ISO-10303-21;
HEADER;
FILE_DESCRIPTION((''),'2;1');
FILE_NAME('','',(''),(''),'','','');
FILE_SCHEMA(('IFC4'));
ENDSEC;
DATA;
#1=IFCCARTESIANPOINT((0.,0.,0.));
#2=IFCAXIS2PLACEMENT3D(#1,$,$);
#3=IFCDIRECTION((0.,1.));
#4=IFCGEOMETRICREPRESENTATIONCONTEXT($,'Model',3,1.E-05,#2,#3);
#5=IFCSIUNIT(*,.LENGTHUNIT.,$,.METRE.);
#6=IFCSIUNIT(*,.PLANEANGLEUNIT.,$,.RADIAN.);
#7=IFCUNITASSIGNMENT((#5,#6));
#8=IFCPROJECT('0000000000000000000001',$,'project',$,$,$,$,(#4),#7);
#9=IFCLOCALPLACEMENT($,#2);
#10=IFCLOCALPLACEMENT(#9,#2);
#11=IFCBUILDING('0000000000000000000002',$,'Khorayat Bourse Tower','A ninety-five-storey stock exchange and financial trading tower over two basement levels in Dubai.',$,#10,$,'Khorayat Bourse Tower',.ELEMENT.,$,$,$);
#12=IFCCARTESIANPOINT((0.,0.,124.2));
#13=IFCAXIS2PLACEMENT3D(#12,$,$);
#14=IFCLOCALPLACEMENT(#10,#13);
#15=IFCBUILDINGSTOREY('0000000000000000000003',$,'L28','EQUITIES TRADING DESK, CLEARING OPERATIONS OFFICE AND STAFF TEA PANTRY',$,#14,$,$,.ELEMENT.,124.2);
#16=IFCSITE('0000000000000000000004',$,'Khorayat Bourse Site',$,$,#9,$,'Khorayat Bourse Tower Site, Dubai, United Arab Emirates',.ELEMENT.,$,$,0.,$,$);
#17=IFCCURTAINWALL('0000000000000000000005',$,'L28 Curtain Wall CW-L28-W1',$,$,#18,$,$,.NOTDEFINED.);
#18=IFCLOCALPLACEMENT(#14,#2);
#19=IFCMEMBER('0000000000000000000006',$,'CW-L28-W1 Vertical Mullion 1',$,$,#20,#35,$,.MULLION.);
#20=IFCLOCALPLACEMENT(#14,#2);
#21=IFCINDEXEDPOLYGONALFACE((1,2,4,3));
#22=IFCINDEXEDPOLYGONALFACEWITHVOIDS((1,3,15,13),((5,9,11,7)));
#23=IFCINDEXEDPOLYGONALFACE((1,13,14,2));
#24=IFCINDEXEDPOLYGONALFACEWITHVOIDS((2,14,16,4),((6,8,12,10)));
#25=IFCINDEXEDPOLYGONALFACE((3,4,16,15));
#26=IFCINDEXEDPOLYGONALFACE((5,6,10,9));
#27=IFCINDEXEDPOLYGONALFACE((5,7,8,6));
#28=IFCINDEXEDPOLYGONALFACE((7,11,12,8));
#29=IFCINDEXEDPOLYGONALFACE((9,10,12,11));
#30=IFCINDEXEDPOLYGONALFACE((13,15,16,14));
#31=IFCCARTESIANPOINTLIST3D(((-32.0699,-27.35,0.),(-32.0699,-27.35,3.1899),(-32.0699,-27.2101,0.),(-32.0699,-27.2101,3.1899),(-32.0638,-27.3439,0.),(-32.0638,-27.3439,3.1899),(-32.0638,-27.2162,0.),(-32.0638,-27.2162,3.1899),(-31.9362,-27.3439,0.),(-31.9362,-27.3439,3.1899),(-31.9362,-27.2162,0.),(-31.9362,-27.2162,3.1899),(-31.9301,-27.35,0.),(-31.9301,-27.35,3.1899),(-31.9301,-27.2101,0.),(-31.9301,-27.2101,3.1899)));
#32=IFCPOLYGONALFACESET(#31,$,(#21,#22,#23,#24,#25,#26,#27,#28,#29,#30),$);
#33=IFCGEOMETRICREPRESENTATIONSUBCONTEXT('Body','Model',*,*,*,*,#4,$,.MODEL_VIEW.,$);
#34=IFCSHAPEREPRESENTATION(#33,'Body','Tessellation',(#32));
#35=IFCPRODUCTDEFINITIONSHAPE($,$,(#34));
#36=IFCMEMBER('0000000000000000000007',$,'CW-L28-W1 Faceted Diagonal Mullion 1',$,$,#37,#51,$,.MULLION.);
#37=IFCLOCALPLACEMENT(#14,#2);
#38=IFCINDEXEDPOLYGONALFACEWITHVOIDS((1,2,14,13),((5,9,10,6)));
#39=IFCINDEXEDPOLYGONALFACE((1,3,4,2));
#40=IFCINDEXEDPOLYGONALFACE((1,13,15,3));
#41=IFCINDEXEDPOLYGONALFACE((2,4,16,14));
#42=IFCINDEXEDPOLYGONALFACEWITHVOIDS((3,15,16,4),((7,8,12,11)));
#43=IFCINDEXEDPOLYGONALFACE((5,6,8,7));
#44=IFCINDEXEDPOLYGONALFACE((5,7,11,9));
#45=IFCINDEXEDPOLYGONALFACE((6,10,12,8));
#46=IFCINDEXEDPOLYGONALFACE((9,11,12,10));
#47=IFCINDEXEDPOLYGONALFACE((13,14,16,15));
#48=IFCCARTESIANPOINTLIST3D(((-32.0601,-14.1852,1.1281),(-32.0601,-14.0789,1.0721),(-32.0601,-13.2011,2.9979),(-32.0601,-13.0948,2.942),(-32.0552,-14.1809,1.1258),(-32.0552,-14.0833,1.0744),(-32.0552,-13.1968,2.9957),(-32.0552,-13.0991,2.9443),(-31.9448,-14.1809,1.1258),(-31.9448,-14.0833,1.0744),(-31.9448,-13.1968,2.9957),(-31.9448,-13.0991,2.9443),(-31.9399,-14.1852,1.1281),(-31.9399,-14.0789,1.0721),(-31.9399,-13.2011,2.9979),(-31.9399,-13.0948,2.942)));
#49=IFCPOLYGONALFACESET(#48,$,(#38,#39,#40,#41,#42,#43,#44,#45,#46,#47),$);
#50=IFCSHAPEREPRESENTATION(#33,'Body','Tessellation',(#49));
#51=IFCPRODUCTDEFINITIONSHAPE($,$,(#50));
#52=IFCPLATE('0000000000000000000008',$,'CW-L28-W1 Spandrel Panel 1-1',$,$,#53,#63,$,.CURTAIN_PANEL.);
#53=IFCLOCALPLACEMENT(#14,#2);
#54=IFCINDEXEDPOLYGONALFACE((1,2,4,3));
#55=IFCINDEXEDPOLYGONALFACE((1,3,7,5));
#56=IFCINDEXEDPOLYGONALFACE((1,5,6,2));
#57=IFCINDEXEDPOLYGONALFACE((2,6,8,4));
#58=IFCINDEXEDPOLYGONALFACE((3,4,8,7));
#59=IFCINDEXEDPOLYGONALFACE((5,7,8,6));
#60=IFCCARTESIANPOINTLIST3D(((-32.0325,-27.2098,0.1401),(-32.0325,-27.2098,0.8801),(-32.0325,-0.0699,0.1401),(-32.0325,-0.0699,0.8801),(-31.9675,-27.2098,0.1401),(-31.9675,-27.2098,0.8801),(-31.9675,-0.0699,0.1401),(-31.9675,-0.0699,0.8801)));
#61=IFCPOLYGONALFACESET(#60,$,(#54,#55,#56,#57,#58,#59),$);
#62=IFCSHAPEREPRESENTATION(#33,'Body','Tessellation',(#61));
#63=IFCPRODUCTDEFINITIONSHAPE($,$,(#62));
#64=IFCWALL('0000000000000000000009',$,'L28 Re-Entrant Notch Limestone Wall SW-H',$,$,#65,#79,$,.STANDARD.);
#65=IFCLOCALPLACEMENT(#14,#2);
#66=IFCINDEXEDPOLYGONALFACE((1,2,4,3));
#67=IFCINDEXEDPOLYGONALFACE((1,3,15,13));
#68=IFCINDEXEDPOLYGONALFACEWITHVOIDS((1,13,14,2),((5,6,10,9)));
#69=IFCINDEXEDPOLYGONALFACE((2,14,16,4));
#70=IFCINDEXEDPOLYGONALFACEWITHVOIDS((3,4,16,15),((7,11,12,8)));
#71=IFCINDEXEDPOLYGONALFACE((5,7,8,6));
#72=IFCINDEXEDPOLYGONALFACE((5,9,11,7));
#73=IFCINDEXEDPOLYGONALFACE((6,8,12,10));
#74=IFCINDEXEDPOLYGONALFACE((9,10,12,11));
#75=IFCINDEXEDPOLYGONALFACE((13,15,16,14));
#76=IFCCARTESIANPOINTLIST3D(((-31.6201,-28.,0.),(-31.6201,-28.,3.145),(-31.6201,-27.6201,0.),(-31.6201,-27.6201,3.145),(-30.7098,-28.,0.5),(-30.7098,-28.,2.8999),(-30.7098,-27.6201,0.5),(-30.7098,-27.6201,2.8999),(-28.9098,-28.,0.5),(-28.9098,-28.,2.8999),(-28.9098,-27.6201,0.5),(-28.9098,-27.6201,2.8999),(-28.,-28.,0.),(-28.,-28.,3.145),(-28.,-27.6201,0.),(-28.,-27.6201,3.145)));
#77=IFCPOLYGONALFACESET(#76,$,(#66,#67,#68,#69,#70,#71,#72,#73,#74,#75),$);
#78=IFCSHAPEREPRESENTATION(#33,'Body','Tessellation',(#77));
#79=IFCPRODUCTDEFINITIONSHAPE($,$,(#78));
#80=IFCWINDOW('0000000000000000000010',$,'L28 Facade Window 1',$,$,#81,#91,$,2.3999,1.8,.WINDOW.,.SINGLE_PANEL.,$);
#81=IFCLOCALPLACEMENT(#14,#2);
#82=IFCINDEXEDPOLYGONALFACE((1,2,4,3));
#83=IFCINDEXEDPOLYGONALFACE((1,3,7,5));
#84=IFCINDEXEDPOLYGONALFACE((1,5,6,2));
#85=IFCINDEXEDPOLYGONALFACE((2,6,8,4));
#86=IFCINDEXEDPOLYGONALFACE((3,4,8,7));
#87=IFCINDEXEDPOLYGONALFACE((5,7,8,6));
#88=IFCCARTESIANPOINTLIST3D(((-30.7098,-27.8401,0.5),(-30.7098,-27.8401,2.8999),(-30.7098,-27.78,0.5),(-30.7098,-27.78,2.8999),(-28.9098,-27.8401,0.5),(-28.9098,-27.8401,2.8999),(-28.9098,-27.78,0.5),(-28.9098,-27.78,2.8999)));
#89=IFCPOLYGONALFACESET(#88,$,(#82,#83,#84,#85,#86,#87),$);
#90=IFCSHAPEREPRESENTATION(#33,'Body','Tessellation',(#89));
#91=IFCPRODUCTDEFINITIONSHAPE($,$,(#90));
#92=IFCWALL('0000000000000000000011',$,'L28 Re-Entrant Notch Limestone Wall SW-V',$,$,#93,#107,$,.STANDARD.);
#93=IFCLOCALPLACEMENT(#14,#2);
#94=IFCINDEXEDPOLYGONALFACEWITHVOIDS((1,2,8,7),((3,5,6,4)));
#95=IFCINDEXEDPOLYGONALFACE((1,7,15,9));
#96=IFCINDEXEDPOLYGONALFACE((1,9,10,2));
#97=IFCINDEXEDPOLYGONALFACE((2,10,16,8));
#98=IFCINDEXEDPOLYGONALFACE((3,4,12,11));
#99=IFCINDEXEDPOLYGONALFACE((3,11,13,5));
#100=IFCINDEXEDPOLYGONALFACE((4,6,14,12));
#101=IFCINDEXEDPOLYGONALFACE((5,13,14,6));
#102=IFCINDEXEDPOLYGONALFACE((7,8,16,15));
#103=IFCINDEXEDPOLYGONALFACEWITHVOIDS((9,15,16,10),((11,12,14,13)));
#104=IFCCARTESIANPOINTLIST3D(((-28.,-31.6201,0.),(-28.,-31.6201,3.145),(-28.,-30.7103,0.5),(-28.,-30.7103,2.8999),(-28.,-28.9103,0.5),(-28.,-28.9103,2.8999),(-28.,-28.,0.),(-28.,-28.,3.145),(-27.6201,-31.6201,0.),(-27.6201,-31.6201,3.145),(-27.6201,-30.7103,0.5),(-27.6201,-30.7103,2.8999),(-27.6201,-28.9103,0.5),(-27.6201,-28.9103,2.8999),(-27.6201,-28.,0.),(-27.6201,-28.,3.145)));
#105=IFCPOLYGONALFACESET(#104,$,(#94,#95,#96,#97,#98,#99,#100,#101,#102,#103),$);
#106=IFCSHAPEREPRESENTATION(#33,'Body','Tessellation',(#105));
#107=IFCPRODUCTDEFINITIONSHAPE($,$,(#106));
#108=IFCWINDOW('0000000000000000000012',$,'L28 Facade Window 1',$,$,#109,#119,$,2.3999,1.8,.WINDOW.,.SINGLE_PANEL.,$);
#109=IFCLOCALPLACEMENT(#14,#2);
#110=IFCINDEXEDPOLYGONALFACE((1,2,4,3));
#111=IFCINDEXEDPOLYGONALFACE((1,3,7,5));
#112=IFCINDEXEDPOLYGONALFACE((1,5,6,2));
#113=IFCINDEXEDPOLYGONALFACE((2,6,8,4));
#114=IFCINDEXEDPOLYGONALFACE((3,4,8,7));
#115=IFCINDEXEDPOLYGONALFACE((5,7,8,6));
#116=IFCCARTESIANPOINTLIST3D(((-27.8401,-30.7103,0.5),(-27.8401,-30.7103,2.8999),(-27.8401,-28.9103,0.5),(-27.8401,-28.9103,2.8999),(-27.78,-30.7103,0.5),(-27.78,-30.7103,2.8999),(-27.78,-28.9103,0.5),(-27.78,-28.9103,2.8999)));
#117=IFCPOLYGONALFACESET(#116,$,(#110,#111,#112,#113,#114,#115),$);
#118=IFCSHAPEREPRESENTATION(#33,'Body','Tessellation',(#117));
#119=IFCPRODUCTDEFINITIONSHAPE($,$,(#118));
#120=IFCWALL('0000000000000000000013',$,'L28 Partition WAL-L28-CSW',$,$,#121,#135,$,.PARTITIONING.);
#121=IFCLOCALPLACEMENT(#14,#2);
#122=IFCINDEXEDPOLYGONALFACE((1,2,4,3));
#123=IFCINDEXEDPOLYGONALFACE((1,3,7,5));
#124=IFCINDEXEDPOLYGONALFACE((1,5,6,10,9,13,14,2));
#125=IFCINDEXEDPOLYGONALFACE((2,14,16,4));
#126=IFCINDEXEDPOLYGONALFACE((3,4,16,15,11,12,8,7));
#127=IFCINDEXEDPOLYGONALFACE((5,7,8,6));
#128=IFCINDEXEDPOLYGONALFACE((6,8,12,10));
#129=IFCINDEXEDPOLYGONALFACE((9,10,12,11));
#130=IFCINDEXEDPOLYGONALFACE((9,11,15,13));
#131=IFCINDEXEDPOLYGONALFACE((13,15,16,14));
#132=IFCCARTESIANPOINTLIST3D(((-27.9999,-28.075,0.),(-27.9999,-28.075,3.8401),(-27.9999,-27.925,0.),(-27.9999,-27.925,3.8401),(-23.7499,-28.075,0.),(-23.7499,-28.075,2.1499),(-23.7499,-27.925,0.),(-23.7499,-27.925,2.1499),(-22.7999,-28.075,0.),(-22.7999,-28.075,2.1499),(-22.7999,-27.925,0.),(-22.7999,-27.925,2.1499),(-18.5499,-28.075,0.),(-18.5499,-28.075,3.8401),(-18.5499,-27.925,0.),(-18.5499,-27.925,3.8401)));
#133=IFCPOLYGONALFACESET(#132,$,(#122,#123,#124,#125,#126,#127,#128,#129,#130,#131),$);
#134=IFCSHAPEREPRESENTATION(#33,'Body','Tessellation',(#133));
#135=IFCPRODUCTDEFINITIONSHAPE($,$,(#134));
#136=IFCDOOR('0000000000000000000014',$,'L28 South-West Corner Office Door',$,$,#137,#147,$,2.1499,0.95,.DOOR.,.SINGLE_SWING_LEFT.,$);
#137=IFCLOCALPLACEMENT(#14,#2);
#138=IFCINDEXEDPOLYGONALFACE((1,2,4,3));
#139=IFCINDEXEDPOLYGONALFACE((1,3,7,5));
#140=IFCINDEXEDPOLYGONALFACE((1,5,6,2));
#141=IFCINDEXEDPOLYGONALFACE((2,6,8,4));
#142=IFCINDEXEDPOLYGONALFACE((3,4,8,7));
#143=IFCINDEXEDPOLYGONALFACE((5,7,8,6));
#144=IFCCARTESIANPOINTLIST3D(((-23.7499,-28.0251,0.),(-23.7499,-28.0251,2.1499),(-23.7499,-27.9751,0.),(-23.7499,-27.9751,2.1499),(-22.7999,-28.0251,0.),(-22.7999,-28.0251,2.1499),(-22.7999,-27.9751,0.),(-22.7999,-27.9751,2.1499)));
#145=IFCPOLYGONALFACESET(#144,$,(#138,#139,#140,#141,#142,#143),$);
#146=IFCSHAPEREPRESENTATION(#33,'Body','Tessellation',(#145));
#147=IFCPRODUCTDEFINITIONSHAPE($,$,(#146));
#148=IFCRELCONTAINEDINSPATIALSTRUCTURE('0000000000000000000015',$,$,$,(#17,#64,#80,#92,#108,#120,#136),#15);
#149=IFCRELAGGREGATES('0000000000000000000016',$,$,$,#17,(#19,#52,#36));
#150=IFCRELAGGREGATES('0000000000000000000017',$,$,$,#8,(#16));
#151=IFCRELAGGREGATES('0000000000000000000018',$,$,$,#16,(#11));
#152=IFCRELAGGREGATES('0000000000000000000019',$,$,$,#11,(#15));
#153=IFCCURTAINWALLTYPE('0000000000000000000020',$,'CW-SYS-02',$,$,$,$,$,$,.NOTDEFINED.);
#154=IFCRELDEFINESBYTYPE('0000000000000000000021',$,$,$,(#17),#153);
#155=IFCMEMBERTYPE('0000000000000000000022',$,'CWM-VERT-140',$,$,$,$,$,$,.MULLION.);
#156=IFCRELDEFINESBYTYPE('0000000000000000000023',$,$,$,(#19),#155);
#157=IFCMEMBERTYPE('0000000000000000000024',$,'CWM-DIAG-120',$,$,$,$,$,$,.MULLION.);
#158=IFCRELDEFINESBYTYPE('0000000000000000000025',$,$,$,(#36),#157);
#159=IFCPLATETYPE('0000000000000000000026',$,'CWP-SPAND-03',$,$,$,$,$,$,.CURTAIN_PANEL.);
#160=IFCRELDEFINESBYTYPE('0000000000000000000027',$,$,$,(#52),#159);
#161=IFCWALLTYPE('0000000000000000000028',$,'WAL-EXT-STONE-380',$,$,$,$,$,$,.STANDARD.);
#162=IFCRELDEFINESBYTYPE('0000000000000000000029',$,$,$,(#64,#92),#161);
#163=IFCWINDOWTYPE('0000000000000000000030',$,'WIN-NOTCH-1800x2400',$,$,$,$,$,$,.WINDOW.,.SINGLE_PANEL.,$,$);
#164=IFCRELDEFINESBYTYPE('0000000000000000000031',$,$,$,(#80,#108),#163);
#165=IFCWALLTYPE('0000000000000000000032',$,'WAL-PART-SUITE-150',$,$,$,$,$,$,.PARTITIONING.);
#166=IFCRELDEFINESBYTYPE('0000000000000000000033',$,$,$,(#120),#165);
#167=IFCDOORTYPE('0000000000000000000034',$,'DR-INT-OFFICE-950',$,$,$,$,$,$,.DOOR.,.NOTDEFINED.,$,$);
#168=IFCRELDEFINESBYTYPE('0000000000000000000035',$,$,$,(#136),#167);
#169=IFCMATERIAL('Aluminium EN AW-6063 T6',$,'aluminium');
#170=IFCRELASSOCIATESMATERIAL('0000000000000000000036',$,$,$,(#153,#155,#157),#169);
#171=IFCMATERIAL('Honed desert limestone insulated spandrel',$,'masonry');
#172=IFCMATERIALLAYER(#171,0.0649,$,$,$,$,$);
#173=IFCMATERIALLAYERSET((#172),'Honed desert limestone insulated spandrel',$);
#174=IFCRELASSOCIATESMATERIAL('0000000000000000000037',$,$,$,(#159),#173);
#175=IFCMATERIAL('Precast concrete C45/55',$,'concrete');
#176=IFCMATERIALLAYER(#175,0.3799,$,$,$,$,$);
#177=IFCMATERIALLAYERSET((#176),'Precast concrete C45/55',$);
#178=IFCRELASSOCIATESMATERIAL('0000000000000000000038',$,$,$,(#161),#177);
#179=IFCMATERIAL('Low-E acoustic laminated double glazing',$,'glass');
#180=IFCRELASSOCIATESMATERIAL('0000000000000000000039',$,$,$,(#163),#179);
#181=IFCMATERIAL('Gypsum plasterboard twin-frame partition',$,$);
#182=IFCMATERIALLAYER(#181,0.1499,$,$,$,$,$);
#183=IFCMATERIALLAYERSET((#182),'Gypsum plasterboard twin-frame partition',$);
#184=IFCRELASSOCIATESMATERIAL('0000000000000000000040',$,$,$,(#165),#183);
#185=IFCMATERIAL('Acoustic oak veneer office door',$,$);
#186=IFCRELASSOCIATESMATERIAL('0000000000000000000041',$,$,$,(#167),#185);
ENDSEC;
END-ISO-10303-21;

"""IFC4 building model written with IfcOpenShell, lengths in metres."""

from ifc_helpers import new_model, si_unit, direction, frame, frame_2d, origin, origin_2d, place, context, subcontext, project, spatial, rectangle, hollow_rectangle, extrude, source, transform, mapped, material, layer, layer_set, material_profile, profile_set, type_object, element, fill, aggregate, save


model = new_model("IFC4")

# Units and contexts
model_context = context("Model", 3, precision=1e-05, world=origin(), true_north=direction((0.0, 1.0)))
body_context = subcontext(model_context, "Body", "Model", "MODEL_VIEW")
ifc_project = project(units=[si_unit("LENGTHUNIT", "METRE"), si_unit("PLANEANGLEUNIT", "RADIAN")], contexts=[model_context])

# Site, building, storey
site_placement = place(None, origin())
site = spatial("IfcSite", under=ifc_project, at=site_placement, Name="Khorayat Bourse Site", LongName="Khorayat Bourse Tower Site, Dubai, United Arab Emirates", CompositionType="ELEMENT", RefElevation=0.0)
building_placement = place(site_placement, origin())
building = spatial("IfcBuilding", under=site, at=building_placement, Name="Khorayat Bourse Tower", Description="A ninety-five-storey stock exchange and financial trading tower over two basement levels in Dubai.", LongName="Khorayat Bourse Tower", CompositionType="ELEMENT")
storey_placement = place(building_placement, frame((0.0, 0.0, 124.2)))
storey = spatial("IfcBuildingStorey", under=building, at=storey_placement, Name="L28", Description="EQUITIES TRADING DESK, CLEARING OPERATIONS OFFICE AND STAFF TEA PANTRY", CompositionType="ELEMENT", Elevation=124.2)

# Shared definitions
ifc_material_1 = material(Name="Aluminium EN AW-6063 T6", Category="aluminium")
curtain_wall_type = type_object("IfcCurtainWallType", Name="CW-SYS-02", PredefinedType="NOTDEFINED", material=ifc_material_1)

# Curtain wall
curtain_wall_1_placement = place(storey_placement, origin())
curtain_wall_1 = element("IfcCurtainWall", 1, at=curtain_wall_1_placement, inside=storey, type_object=curtain_wall_type, Name="L28 Curtain Wall CW-L28-W1", PredefinedType="NOTDEFINED")

# Members
ifc_material_profile_1 = material_profile(ifc_material_1, hollow_rectangle(XDim=0.1399, YDim=0.1399, WallThickness=0.0061, at=origin_2d()), Name="ALU 140x140x6")
ifc_profile_set_1 = profile_set([ifc_material_profile_1], Name="Aluminium EN AW-6063 T6")
member_type_1 = type_object("IfcMemberType", Name="CWM-VERT-140", PredefinedType="MULLION", material=ifc_profile_set_1)
shared_shape_1 = source(origin(), body_context, "Body", "SweptSolid", [
    extrude(hollow_rectangle(XDim=0.1399, YDim=0.1399, WallThickness=0.0061, at=origin_2d()), origin(), (0.0, 0.0, 1.0), 3.1899),
])
member_1_placement = place(storey_placement, frame((-32.0, -27.28, 0.0), z_axis=(0.0, 0.0, 1.0), x_axis=(-1.0, 0.0, 0.0)))
member_1 = element("IfcMember", 2, at=member_1_placement, type_object=member_type_1, Name="CW-L28-W1 Vertical Mullion 1", PredefinedType="MULLION", context=body_context, shape_type="MappedRepresentation", body=[
    mapped(shared_shape_1, transform((0.0, 0.0, 0.0), scale=1.0)),
])
ifc_material_profile_2 = material_profile(ifc_material_1, hollow_rectangle(XDim=0.1201, YDim=0.1201, WallThickness=0.0049, at=origin_2d()), Name="ALU 120x120x5")
ifc_profile_set_2 = profile_set([ifc_material_profile_2], Name="Aluminium EN AW-6063 T6")
member_type_2 = type_object("IfcMemberType", Name="CWM-DIAG-120", PredefinedType="MULLION", material=ifc_profile_set_2)
shared_shape_2 = source(origin(), body_context, "Body", "SweptSolid", [
    extrude(hollow_rectangle(XDim=0.1201, YDim=0.1201, WallThickness=0.0049, at=origin_2d()), origin(), (0.0, 0.0, 1.0), 2.113),
])
member_2_placement = place(storey_placement, frame((-32.0, -14.1321, 1.1001), z_axis=(0.0, 0.465742, 0.884921), x_axis=(-1.0, 0.0, 0.0)))
member_2 = element("IfcMember", 3, at=member_2_placement, type_object=member_type_2, Name="CW-L28-W1 Faceted Diagonal Mullion 1", PredefinedType="MULLION", context=body_context, shape_type="MappedRepresentation", body=[
    mapped(shared_shape_2, transform((0.0, 0.0, 0.0), scale=1.0)),
])

# Plate
ifc_material_2 = material(Name="Honed desert limestone insulated spandrel", Category="masonry")
ifc_layer_1 = layer(ifc_material_2, 0.0649)
ifc_layer_set_1 = layer_set([ifc_layer_1], Name="Honed desert limestone insulated spandrel")
plate_type = type_object("IfcPlateType", Name="CWP-SPAND-03", PredefinedType="CURTAIN_PANEL", material=ifc_layer_set_1)
shared_shape_3 = source(origin(), body_context, "Body", "SweptSolid", [
    extrude(rectangle(XDim=27.1399, YDim=0.0649, at=origin_2d()), origin(), (0.0, 0.0, 1.0), 0.74),
])
plate_placement = place(storey_placement, frame((-32.0, -13.6399, 0.1401), z_axis=(0.0, 0.0, 1.0), x_axis=(0.0, 1.0, 0.0)))
plate = element("IfcPlate", 4, at=plate_placement, type_object=plate_type, Name="CW-L28-W1 Spandrel Panel 1-1", PredefinedType="CURTAIN_PANEL", context=body_context, shape_type="MappedRepresentation", body=[
    mapped(shared_shape_3, transform((0.0, 0.0, 0.0), scale=1.0)),
])
aggregate(curtain_wall_1, [member_1, plate, member_2])

# Walls, openings, windows
ifc_material_3 = material(Name="Precast concrete C45/55", Category="concrete")
ifc_layer_2 = layer(ifc_material_3, 0.3799)
ifc_layer_set_2 = layer_set([ifc_layer_2], Name="Precast concrete C45/55")
wall_type_1 = type_object("IfcWallType", Name="WAL-EXT-STONE-380", PredefinedType="STANDARD", material=ifc_layer_set_2)
shared_shape_4 = source(origin(), body_context, "Body", "SweptSolid", [
    extrude(rectangle(XDim=3.6201, YDim=0.3799, at=frame_2d((1.8101, 0.0))), origin(), (0.0, 0.0, 1.0), 3.145),
])
wall_1_placement = place(storey_placement, frame((-28.0, -27.8101, 0.0), z_axis=(0.0, 0.0, 1.0), x_axis=(-1.0, 0.0, 0.0)))
wall_1 = element("IfcWall", 5, at=wall_1_placement, inside=storey, type_object=wall_type_1, Name="L28 Re-Entrant Notch Limestone Wall SW-H", PredefinedType="STANDARD", context=body_context, shape_type="MappedRepresentation", body=[
    mapped(shared_shape_4, transform((0.0, 0.0, 0.0), scale=1.0)),
])
shared_shape_5 = source(origin(), body_context, "Body", "SweptSolid", [
    extrude(rectangle(XDim=1.8, YDim=2.3999, at=frame_2d((0.8999, 1.2))), frame((0.0, 0.2, 0.0), z_axis=(0.0, -1.0, 0.0), x_axis=(1.0, 0.0, 0.0)), (0.0, 0.0, 1.0), 0.3999),
])
opening_1_placement = place(wall_1_placement, frame((0.9099, 0.0, 0.5)))
opening_1 = element("IfcOpeningElement", 6, at=opening_1_placement, cuts=wall_1, PredefinedType="OPENING", context=body_context, shape_type="MappedRepresentation", body=[
    mapped(shared_shape_5, transform((0.0, 0.0, 0.0), scale=1.0)),
])
ifc_material_4 = material(Name="Low-E acoustic laminated double glazing", Category="glass")
window_type = type_object("IfcWindowType", Name="WIN-NOTCH-1800x2400", PartitioningType="SINGLE_PANEL", PredefinedType="WINDOW", material=ifc_material_4)
shared_shape_6 = source(origin(), body_context, "Body", "SweptSolid", [
    extrude(rectangle(XDim=1.8, YDim=2.3999, at=frame_2d((0.8999, 1.2))), frame((0.0, 0.03, 0.0), z_axis=(0.0, -1.0, 0.0), x_axis=(1.0, 0.0, 0.0)), (0.0, 0.0, 1.0), 0.0601),
])
window_1_placement = place(opening_1_placement, origin())
window_1 = element("IfcWindow", 7, at=window_1_placement, inside=storey, type_object=window_type, Name="L28 Facade Window 1", OverallHeight=2.3999, OverallWidth=1.8, PartitioningType="SINGLE_PANEL", PredefinedType="WINDOW", context=body_context, shape_type="MappedRepresentation", body=[
    mapped(shared_shape_6, transform((0.0, 0.0, 0.0), scale=1.0)),
])
fill(opening_1, window_1)
wall_2_placement = place(storey_placement, frame((-27.8101, -31.6201, 0.0), z_axis=(0.0, 0.0, 1.0), x_axis=(0.0, 1.0, 0.0)))
wall_2 = element("IfcWall", 8, at=wall_2_placement, inside=storey, type_object=wall_type_1, Name="L28 Re-Entrant Notch Limestone Wall SW-V", PredefinedType="STANDARD", context=body_context, shape_type="MappedRepresentation", body=[
    mapped(shared_shape_4, transform((0.0, 0.0, 0.0), scale=1.0)),
])
opening_2_placement = place(wall_2_placement, frame((0.9099, 0.0, 0.5)))
opening_2 = element("IfcOpeningElement", 9, at=opening_2_placement, cuts=wall_2, PredefinedType="OPENING", context=body_context, shape_type="MappedRepresentation", body=[
    mapped(shared_shape_5, transform((0.0, 0.0, 0.0), scale=1.0)),
])
window_2_placement = place(opening_2_placement, origin())
window_2 = element("IfcWindow", 10, at=window_2_placement, inside=storey, type_object=window_type, Name="L28 Facade Window 1", OverallHeight=2.3999, OverallWidth=1.8, PartitioningType="SINGLE_PANEL", PredefinedType="WINDOW", context=body_context, shape_type="MappedRepresentation", body=[
    mapped(shared_shape_6, transform((0.0, 0.0, 0.0), scale=1.0)),
])
fill(opening_2, window_2)

# Wall, opening, door
ifc_material_5 = material(Name="Gypsum plasterboard twin-frame partition")
ifc_layer_3 = layer(ifc_material_5, 0.1499)
ifc_layer_set_3 = layer_set([ifc_layer_3], Name="Gypsum plasterboard twin-frame partition")
wall_type_2 = type_object("IfcWallType", Name="WAL-PART-SUITE-150", PredefinedType="PARTITIONING", material=ifc_layer_set_3)
shared_shape_7 = source(origin(), body_context, "Body", "SweptSolid", [
    extrude(rectangle(XDim=9.45, YDim=0.1499, at=frame_2d((4.7251, 0.0))), origin(), (0.0, 0.0, 1.0), 3.8401),
])
wall_3_placement = place(storey_placement, frame((-28.0, -28.0, 0.0), z_axis=(0.0, 0.0, 1.0), x_axis=(1.0, 0.0, 0.0)))
wall_3 = element("IfcWall", 11, at=wall_3_placement, inside=storey, type_object=wall_type_2, Name="L28 Partition WAL-L28-CSW", PredefinedType="PARTITIONING", context=body_context, shape_type="MappedRepresentation", body=[
    mapped(shared_shape_7, transform((0.0, 0.0, 0.0), scale=1.0)),
])
shared_shape_8 = source(origin(), body_context, "Body", "SweptSolid", [
    extrude(rectangle(XDim=0.95, YDim=2.1499, at=frame_2d((0.4751, 1.075))), frame((0.0, 0.085, 0.0), z_axis=(0.0, -1.0, 0.0), x_axis=(1.0, 0.0, 0.0)), (0.0, 0.0, 1.0), 0.1699),
])
opening_3_placement = place(wall_3_placement, frame((4.25, 0.0, 0.0)))
opening_3 = element("IfcOpeningElement", 12, at=opening_3_placement, cuts=wall_3, PredefinedType="OPENING", context=body_context, shape_type="MappedRepresentation", body=[
    mapped(shared_shape_8, transform((0.0, 0.0, 0.0), scale=1.0)),
])
ifc_material_6 = material(Name="Acoustic oak veneer office door")
door_type = type_object("IfcDoorType", Name="DR-INT-OFFICE-950", OperationType="NOTDEFINED", PredefinedType="DOOR", material=ifc_material_6)
shared_shape_9 = source(origin(), body_context, "Body", "SweptSolid", [
    extrude(rectangle(XDim=0.95, YDim=2.1499, at=frame_2d((0.4751, 1.075))), frame((0.0, 0.0249, 0.0), z_axis=(0.0, -1.0, 0.0), x_axis=(1.0, 0.0, 0.0)), (0.0, 0.0, 1.0), 0.05),
])
door_placement = place(opening_3_placement, origin())
door = element("IfcDoor", 13, at=door_placement, inside=storey, type_object=door_type, Name="L28 South-West Corner Office Door", OperationType="SINGLE_SWING_LEFT", OverallHeight=2.1499, OverallWidth=0.95, PredefinedType="DOOR", context=body_context, shape_type="MappedRepresentation", body=[
    mapped(shared_shape_9, transform((0.0, 0.0, 0.0), scale=1.0)),
])
fill(opening_3, door)

save(model, "model.ifc")
